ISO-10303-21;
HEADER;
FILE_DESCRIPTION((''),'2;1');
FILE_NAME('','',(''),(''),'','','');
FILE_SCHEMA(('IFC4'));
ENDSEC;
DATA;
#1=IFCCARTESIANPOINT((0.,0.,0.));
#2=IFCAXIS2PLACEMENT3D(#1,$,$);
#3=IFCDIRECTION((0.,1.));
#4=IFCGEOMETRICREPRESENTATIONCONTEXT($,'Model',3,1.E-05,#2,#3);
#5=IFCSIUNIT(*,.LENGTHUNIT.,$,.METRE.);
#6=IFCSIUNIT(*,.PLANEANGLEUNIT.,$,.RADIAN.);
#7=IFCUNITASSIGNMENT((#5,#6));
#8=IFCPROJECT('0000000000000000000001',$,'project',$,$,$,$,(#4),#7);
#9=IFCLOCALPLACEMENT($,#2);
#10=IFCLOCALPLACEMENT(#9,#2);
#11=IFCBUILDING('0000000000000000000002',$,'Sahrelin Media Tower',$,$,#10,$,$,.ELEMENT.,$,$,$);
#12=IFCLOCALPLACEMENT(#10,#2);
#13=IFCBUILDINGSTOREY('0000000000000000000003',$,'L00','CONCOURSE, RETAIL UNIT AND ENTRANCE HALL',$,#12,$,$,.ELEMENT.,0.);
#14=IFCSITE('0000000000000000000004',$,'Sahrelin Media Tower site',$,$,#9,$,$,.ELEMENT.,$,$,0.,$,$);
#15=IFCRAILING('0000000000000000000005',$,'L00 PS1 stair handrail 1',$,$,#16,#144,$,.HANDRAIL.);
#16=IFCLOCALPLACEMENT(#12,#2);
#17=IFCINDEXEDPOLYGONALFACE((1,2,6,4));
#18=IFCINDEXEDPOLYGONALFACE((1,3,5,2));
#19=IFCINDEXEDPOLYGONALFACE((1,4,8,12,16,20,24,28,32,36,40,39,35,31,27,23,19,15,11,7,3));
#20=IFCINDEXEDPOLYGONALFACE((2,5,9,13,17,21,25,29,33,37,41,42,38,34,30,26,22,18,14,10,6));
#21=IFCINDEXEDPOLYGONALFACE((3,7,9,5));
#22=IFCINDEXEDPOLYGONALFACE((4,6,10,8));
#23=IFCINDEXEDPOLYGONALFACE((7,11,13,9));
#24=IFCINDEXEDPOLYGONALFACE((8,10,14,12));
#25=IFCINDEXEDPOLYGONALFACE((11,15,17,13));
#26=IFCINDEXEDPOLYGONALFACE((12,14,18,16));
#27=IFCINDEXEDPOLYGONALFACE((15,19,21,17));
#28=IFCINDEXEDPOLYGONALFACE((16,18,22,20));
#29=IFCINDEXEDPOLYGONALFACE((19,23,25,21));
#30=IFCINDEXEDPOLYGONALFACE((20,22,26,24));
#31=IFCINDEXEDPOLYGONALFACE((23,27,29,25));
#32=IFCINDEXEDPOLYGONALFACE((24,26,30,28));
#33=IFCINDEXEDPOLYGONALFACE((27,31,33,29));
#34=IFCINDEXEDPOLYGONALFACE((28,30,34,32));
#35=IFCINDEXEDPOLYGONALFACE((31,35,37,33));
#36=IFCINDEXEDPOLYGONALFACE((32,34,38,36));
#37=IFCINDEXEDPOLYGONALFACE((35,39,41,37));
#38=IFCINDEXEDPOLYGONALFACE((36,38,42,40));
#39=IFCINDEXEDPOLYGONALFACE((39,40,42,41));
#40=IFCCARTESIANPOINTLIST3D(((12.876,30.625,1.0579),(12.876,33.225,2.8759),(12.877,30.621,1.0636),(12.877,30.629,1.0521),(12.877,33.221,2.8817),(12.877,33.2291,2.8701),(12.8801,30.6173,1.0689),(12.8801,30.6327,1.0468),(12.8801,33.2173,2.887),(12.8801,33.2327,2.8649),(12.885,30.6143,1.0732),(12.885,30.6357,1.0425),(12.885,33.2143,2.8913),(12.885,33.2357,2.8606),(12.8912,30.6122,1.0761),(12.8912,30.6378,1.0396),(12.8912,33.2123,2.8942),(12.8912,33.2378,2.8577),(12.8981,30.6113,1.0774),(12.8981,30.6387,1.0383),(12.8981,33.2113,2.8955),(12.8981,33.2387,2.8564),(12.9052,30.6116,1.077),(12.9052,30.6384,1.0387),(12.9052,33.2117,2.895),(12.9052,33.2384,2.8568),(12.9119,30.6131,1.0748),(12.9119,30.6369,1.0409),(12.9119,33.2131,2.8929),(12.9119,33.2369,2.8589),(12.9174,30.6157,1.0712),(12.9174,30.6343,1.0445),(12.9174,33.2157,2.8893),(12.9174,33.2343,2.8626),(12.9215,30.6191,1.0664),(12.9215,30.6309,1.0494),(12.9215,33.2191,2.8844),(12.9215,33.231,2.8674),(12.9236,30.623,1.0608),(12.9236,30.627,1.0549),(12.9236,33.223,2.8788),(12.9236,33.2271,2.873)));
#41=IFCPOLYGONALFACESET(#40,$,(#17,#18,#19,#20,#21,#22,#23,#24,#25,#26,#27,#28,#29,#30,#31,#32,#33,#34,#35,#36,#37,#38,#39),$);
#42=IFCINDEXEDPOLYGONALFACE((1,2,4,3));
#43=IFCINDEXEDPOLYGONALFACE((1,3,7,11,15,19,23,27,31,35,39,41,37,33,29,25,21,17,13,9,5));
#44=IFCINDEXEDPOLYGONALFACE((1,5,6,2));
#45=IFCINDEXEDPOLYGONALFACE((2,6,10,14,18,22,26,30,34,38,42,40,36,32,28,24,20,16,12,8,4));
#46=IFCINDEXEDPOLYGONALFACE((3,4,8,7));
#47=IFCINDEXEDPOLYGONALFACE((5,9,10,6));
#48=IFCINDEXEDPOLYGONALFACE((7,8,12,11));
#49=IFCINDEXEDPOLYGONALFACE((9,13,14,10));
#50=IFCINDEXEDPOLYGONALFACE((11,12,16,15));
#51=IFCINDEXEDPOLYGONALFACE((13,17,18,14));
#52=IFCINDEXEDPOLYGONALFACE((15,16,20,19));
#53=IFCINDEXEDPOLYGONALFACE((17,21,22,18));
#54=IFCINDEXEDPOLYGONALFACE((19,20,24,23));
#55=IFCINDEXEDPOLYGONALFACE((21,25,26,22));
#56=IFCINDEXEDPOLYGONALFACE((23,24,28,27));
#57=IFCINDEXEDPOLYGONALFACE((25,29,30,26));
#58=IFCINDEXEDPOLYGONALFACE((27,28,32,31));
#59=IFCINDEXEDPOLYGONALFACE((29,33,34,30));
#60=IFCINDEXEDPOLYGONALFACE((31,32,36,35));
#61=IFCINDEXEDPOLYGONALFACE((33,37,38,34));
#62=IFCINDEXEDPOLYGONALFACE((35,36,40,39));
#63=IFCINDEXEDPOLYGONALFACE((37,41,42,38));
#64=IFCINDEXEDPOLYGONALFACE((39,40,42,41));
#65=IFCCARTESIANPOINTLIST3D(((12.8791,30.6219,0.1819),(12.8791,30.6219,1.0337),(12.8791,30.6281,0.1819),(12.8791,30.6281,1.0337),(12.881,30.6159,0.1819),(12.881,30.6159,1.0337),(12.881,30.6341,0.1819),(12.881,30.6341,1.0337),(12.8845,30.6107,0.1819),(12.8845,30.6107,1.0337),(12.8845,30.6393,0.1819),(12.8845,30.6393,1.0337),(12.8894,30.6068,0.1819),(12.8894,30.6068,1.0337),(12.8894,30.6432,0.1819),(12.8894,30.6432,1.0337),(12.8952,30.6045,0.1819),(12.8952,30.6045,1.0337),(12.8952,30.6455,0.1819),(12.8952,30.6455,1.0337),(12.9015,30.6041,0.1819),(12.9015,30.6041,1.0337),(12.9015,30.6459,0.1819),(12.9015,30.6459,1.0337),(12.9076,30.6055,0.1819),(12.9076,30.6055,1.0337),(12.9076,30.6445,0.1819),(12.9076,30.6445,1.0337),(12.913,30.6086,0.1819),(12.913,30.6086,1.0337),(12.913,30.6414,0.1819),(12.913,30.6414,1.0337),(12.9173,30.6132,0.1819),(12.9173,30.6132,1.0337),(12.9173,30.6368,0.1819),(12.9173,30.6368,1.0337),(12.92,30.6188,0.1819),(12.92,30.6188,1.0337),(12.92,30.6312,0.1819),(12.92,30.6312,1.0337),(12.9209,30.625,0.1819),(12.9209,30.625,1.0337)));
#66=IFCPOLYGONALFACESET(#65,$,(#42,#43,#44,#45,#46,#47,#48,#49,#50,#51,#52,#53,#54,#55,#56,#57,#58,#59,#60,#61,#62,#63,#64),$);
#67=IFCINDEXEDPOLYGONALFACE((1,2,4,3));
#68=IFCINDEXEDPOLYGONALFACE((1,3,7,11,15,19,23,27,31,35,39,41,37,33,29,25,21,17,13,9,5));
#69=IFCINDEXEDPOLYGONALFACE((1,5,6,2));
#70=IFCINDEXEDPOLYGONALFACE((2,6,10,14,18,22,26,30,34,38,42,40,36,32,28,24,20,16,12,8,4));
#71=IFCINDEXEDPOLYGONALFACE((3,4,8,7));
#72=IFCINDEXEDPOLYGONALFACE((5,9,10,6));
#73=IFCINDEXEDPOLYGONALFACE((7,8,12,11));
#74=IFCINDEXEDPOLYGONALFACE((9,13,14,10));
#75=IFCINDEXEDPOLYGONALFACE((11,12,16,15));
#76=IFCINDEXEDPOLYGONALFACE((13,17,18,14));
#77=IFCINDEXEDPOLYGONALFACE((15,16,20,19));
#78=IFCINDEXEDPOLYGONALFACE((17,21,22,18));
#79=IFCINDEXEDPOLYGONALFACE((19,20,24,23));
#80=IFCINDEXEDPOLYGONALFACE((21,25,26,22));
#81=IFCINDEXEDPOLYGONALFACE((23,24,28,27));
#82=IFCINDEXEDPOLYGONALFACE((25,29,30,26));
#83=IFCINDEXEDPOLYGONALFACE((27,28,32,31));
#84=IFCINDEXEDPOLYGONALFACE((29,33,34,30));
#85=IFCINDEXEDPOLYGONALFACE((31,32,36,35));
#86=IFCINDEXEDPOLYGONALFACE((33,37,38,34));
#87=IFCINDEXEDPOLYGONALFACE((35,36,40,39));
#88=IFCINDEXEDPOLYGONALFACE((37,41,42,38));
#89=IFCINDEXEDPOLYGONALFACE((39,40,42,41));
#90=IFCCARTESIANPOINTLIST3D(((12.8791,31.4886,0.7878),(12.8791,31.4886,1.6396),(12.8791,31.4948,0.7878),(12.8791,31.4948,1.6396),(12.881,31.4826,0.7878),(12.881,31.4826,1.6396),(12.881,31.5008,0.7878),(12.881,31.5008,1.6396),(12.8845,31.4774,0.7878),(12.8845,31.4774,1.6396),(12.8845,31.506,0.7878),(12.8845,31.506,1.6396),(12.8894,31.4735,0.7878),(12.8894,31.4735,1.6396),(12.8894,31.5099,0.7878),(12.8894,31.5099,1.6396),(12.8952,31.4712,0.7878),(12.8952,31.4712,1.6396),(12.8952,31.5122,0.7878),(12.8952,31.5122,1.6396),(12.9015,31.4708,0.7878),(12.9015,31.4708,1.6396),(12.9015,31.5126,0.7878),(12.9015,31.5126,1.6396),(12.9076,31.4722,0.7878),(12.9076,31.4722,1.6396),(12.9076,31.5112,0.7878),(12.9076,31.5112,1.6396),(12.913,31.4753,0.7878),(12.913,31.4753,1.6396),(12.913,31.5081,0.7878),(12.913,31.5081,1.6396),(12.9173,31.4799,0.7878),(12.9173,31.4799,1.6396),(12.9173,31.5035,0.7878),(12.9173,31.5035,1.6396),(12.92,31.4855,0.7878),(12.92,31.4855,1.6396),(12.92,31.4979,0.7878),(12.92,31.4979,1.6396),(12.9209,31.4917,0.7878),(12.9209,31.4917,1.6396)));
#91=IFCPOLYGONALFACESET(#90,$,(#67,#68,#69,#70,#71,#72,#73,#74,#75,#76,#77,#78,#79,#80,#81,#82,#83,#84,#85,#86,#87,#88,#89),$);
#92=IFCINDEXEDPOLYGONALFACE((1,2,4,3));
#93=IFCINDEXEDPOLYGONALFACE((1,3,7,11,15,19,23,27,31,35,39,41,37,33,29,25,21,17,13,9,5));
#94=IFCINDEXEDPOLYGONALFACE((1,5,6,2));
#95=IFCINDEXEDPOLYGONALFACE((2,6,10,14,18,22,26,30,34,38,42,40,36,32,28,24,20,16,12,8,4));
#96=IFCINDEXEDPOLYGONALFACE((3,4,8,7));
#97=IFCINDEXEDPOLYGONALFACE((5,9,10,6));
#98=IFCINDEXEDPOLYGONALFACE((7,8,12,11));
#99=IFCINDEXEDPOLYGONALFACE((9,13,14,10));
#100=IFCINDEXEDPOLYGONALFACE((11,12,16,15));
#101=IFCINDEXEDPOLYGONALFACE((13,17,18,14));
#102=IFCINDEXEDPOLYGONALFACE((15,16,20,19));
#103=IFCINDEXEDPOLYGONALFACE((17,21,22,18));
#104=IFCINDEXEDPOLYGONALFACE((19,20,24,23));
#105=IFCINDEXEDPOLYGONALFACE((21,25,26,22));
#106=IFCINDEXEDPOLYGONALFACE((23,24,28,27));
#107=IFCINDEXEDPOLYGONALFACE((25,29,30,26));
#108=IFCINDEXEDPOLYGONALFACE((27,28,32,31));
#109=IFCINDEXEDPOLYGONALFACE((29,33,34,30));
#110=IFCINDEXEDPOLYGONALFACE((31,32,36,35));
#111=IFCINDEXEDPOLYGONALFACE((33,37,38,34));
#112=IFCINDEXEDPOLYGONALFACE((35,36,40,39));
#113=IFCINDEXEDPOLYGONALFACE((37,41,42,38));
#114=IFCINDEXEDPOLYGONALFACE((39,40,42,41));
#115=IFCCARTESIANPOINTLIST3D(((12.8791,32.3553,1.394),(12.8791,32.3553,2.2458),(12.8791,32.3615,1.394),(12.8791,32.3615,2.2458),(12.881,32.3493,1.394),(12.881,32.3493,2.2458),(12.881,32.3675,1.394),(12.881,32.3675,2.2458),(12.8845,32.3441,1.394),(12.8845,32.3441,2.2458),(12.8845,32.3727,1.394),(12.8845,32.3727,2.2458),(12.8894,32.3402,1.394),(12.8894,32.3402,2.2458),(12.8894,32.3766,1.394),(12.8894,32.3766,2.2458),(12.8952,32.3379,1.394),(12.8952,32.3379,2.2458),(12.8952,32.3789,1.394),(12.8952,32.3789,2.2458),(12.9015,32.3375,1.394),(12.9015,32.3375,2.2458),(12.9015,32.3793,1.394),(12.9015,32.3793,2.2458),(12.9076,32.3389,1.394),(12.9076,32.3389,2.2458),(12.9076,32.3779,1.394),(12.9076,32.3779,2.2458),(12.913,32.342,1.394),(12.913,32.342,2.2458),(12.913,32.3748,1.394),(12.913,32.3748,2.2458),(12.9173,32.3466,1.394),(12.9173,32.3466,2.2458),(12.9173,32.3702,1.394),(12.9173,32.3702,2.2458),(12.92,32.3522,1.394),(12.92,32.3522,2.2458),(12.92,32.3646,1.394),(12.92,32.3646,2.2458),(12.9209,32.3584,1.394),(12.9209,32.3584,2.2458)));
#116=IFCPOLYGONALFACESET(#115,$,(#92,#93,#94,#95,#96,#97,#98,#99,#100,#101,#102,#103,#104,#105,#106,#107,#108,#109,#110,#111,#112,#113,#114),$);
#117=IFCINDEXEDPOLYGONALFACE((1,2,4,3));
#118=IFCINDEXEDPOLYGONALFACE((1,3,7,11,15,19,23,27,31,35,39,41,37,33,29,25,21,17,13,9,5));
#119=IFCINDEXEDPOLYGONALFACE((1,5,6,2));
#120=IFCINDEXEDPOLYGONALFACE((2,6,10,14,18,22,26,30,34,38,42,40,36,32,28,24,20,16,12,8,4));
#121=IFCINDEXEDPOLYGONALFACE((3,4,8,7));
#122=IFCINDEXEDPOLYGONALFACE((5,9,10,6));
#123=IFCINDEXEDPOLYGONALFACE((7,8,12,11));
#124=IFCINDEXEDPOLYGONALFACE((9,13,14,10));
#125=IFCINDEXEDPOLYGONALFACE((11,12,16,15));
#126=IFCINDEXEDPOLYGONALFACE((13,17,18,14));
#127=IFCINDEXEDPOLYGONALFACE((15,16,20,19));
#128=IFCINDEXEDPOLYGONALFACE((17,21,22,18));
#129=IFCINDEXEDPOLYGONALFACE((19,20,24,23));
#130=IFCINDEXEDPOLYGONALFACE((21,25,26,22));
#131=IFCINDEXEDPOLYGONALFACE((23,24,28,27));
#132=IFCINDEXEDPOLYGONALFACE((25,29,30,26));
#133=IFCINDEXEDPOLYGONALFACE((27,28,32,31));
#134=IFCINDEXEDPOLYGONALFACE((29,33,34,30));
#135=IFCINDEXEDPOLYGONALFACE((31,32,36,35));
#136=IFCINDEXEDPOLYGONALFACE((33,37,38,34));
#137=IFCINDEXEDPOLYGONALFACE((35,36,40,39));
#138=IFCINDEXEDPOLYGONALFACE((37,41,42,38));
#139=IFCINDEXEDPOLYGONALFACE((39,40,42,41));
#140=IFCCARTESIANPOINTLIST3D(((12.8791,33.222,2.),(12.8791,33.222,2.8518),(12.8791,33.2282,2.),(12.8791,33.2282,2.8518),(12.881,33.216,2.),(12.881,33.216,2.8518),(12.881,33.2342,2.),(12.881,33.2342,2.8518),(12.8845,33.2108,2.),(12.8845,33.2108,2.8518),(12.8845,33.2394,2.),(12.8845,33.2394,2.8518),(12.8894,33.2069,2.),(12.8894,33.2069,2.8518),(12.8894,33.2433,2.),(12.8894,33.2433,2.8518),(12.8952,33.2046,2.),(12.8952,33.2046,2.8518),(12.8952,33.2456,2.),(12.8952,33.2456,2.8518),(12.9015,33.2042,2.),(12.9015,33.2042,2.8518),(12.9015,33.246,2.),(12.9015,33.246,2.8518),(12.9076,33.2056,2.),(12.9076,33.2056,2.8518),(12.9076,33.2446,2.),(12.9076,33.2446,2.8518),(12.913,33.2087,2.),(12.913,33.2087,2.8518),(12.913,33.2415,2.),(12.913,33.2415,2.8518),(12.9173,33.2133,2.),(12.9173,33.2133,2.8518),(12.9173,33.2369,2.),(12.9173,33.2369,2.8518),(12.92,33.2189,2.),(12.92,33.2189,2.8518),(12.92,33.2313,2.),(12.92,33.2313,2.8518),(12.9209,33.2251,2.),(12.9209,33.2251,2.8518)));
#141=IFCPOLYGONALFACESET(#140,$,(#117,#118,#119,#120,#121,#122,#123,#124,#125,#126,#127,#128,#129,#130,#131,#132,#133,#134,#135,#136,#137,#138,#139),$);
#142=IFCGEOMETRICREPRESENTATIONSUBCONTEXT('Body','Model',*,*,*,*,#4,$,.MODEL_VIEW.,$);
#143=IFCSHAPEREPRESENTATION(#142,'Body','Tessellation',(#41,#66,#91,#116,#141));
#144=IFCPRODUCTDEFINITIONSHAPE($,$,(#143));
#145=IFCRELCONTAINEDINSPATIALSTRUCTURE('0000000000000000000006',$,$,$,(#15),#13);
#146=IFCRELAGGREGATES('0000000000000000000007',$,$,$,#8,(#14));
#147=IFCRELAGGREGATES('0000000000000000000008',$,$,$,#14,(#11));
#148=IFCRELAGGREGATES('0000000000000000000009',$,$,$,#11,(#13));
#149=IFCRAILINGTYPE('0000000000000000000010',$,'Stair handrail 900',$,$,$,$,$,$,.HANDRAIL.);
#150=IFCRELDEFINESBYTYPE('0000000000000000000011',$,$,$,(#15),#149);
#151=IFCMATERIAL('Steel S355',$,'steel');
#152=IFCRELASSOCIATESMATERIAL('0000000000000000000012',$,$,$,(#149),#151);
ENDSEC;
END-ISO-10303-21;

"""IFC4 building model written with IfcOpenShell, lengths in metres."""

from ifc_helpers import new_model, si_unit, direction, frame, origin, origin_2d, place, context, subcontext, project, spatial, circle, extrude, material, type_object, element, save


model = new_model("IFC4")

# Units and contexts
model_context = context("Model", 3, precision=1e-05, world=origin(), true_north=direction((0.0, 1.0)))
body_context = subcontext(model_context, "Body", "Model", "MODEL_VIEW")
ifc_project = project(units=[si_unit("LENGTHUNIT", "METRE"), si_unit("PLANEANGLEUNIT", "RADIAN")], contexts=[model_context])

# Site, building, storey
site_placement = place(None, origin())
site = spatial("IfcSite", under=ifc_project, at=site_placement, Name="Sahrelin Media Tower site", CompositionType="ELEMENT", RefElevation=0.0)
building_placement = place(site_placement, origin())
building = spatial("IfcBuilding", under=site, at=building_placement, Name="Sahrelin Media Tower", CompositionType="ELEMENT")
storey_placement = place(building_placement, origin())
storey = spatial("IfcBuildingStorey", under=building, at=storey_placement, Name="L00", Description="CONCOURSE, RETAIL UNIT AND ENTRANCE HALL", CompositionType="ELEMENT", Elevation=0.0)

# Shared definitions
ifc_material_1 = material(Name="Steel S355", Category="steel")

# Railing
railing_type_1 = type_object("IfcRailingType", Name="Stair handrail 900", PredefinedType="HANDRAIL", material=ifc_material_1)
railing_1_placement = place(storey_placement, frame((12.8999, 30.625, 0.1819)))
element("IfcRailing", 1, at=railing_1_placement, inside=storey, type_object=railing_type_1, Name="L00 PS1 stair handrail 1", PredefinedType="HANDRAIL", context=body_context, shape_type="SweptSolid", body=[
    extrude(circle(Radius=0.0239, at=origin_2d()), frame((0.0, 0.0, 0.876), z_axis=(0.0, 0.819521, 0.573049), x_axis=(-1.0, 0.0, 0.0)), (0.0, 0.0, 1.0), 3.1726),
    extrude(circle(Radius=0.021, at=origin_2d()), origin(), (0.0, 0.0, 1.0), 0.8518),
    extrude(circle(Radius=0.021, at=origin_2d()), frame((0.0, 0.8667, 0.606)), (0.0, 0.0, 1.0), 0.8518),
    extrude(circle(Radius=0.021, at=origin_2d()), frame((0.0, 1.7334, 1.2122)), (0.0, 0.0, 1.0), 0.8518),
    extrude(circle(Radius=0.021, at=origin_2d()), frame((0.0, 2.6001, 1.8181)), (0.0, 0.0, 1.0), 0.8518),
])

save(model, "model.ifc")
